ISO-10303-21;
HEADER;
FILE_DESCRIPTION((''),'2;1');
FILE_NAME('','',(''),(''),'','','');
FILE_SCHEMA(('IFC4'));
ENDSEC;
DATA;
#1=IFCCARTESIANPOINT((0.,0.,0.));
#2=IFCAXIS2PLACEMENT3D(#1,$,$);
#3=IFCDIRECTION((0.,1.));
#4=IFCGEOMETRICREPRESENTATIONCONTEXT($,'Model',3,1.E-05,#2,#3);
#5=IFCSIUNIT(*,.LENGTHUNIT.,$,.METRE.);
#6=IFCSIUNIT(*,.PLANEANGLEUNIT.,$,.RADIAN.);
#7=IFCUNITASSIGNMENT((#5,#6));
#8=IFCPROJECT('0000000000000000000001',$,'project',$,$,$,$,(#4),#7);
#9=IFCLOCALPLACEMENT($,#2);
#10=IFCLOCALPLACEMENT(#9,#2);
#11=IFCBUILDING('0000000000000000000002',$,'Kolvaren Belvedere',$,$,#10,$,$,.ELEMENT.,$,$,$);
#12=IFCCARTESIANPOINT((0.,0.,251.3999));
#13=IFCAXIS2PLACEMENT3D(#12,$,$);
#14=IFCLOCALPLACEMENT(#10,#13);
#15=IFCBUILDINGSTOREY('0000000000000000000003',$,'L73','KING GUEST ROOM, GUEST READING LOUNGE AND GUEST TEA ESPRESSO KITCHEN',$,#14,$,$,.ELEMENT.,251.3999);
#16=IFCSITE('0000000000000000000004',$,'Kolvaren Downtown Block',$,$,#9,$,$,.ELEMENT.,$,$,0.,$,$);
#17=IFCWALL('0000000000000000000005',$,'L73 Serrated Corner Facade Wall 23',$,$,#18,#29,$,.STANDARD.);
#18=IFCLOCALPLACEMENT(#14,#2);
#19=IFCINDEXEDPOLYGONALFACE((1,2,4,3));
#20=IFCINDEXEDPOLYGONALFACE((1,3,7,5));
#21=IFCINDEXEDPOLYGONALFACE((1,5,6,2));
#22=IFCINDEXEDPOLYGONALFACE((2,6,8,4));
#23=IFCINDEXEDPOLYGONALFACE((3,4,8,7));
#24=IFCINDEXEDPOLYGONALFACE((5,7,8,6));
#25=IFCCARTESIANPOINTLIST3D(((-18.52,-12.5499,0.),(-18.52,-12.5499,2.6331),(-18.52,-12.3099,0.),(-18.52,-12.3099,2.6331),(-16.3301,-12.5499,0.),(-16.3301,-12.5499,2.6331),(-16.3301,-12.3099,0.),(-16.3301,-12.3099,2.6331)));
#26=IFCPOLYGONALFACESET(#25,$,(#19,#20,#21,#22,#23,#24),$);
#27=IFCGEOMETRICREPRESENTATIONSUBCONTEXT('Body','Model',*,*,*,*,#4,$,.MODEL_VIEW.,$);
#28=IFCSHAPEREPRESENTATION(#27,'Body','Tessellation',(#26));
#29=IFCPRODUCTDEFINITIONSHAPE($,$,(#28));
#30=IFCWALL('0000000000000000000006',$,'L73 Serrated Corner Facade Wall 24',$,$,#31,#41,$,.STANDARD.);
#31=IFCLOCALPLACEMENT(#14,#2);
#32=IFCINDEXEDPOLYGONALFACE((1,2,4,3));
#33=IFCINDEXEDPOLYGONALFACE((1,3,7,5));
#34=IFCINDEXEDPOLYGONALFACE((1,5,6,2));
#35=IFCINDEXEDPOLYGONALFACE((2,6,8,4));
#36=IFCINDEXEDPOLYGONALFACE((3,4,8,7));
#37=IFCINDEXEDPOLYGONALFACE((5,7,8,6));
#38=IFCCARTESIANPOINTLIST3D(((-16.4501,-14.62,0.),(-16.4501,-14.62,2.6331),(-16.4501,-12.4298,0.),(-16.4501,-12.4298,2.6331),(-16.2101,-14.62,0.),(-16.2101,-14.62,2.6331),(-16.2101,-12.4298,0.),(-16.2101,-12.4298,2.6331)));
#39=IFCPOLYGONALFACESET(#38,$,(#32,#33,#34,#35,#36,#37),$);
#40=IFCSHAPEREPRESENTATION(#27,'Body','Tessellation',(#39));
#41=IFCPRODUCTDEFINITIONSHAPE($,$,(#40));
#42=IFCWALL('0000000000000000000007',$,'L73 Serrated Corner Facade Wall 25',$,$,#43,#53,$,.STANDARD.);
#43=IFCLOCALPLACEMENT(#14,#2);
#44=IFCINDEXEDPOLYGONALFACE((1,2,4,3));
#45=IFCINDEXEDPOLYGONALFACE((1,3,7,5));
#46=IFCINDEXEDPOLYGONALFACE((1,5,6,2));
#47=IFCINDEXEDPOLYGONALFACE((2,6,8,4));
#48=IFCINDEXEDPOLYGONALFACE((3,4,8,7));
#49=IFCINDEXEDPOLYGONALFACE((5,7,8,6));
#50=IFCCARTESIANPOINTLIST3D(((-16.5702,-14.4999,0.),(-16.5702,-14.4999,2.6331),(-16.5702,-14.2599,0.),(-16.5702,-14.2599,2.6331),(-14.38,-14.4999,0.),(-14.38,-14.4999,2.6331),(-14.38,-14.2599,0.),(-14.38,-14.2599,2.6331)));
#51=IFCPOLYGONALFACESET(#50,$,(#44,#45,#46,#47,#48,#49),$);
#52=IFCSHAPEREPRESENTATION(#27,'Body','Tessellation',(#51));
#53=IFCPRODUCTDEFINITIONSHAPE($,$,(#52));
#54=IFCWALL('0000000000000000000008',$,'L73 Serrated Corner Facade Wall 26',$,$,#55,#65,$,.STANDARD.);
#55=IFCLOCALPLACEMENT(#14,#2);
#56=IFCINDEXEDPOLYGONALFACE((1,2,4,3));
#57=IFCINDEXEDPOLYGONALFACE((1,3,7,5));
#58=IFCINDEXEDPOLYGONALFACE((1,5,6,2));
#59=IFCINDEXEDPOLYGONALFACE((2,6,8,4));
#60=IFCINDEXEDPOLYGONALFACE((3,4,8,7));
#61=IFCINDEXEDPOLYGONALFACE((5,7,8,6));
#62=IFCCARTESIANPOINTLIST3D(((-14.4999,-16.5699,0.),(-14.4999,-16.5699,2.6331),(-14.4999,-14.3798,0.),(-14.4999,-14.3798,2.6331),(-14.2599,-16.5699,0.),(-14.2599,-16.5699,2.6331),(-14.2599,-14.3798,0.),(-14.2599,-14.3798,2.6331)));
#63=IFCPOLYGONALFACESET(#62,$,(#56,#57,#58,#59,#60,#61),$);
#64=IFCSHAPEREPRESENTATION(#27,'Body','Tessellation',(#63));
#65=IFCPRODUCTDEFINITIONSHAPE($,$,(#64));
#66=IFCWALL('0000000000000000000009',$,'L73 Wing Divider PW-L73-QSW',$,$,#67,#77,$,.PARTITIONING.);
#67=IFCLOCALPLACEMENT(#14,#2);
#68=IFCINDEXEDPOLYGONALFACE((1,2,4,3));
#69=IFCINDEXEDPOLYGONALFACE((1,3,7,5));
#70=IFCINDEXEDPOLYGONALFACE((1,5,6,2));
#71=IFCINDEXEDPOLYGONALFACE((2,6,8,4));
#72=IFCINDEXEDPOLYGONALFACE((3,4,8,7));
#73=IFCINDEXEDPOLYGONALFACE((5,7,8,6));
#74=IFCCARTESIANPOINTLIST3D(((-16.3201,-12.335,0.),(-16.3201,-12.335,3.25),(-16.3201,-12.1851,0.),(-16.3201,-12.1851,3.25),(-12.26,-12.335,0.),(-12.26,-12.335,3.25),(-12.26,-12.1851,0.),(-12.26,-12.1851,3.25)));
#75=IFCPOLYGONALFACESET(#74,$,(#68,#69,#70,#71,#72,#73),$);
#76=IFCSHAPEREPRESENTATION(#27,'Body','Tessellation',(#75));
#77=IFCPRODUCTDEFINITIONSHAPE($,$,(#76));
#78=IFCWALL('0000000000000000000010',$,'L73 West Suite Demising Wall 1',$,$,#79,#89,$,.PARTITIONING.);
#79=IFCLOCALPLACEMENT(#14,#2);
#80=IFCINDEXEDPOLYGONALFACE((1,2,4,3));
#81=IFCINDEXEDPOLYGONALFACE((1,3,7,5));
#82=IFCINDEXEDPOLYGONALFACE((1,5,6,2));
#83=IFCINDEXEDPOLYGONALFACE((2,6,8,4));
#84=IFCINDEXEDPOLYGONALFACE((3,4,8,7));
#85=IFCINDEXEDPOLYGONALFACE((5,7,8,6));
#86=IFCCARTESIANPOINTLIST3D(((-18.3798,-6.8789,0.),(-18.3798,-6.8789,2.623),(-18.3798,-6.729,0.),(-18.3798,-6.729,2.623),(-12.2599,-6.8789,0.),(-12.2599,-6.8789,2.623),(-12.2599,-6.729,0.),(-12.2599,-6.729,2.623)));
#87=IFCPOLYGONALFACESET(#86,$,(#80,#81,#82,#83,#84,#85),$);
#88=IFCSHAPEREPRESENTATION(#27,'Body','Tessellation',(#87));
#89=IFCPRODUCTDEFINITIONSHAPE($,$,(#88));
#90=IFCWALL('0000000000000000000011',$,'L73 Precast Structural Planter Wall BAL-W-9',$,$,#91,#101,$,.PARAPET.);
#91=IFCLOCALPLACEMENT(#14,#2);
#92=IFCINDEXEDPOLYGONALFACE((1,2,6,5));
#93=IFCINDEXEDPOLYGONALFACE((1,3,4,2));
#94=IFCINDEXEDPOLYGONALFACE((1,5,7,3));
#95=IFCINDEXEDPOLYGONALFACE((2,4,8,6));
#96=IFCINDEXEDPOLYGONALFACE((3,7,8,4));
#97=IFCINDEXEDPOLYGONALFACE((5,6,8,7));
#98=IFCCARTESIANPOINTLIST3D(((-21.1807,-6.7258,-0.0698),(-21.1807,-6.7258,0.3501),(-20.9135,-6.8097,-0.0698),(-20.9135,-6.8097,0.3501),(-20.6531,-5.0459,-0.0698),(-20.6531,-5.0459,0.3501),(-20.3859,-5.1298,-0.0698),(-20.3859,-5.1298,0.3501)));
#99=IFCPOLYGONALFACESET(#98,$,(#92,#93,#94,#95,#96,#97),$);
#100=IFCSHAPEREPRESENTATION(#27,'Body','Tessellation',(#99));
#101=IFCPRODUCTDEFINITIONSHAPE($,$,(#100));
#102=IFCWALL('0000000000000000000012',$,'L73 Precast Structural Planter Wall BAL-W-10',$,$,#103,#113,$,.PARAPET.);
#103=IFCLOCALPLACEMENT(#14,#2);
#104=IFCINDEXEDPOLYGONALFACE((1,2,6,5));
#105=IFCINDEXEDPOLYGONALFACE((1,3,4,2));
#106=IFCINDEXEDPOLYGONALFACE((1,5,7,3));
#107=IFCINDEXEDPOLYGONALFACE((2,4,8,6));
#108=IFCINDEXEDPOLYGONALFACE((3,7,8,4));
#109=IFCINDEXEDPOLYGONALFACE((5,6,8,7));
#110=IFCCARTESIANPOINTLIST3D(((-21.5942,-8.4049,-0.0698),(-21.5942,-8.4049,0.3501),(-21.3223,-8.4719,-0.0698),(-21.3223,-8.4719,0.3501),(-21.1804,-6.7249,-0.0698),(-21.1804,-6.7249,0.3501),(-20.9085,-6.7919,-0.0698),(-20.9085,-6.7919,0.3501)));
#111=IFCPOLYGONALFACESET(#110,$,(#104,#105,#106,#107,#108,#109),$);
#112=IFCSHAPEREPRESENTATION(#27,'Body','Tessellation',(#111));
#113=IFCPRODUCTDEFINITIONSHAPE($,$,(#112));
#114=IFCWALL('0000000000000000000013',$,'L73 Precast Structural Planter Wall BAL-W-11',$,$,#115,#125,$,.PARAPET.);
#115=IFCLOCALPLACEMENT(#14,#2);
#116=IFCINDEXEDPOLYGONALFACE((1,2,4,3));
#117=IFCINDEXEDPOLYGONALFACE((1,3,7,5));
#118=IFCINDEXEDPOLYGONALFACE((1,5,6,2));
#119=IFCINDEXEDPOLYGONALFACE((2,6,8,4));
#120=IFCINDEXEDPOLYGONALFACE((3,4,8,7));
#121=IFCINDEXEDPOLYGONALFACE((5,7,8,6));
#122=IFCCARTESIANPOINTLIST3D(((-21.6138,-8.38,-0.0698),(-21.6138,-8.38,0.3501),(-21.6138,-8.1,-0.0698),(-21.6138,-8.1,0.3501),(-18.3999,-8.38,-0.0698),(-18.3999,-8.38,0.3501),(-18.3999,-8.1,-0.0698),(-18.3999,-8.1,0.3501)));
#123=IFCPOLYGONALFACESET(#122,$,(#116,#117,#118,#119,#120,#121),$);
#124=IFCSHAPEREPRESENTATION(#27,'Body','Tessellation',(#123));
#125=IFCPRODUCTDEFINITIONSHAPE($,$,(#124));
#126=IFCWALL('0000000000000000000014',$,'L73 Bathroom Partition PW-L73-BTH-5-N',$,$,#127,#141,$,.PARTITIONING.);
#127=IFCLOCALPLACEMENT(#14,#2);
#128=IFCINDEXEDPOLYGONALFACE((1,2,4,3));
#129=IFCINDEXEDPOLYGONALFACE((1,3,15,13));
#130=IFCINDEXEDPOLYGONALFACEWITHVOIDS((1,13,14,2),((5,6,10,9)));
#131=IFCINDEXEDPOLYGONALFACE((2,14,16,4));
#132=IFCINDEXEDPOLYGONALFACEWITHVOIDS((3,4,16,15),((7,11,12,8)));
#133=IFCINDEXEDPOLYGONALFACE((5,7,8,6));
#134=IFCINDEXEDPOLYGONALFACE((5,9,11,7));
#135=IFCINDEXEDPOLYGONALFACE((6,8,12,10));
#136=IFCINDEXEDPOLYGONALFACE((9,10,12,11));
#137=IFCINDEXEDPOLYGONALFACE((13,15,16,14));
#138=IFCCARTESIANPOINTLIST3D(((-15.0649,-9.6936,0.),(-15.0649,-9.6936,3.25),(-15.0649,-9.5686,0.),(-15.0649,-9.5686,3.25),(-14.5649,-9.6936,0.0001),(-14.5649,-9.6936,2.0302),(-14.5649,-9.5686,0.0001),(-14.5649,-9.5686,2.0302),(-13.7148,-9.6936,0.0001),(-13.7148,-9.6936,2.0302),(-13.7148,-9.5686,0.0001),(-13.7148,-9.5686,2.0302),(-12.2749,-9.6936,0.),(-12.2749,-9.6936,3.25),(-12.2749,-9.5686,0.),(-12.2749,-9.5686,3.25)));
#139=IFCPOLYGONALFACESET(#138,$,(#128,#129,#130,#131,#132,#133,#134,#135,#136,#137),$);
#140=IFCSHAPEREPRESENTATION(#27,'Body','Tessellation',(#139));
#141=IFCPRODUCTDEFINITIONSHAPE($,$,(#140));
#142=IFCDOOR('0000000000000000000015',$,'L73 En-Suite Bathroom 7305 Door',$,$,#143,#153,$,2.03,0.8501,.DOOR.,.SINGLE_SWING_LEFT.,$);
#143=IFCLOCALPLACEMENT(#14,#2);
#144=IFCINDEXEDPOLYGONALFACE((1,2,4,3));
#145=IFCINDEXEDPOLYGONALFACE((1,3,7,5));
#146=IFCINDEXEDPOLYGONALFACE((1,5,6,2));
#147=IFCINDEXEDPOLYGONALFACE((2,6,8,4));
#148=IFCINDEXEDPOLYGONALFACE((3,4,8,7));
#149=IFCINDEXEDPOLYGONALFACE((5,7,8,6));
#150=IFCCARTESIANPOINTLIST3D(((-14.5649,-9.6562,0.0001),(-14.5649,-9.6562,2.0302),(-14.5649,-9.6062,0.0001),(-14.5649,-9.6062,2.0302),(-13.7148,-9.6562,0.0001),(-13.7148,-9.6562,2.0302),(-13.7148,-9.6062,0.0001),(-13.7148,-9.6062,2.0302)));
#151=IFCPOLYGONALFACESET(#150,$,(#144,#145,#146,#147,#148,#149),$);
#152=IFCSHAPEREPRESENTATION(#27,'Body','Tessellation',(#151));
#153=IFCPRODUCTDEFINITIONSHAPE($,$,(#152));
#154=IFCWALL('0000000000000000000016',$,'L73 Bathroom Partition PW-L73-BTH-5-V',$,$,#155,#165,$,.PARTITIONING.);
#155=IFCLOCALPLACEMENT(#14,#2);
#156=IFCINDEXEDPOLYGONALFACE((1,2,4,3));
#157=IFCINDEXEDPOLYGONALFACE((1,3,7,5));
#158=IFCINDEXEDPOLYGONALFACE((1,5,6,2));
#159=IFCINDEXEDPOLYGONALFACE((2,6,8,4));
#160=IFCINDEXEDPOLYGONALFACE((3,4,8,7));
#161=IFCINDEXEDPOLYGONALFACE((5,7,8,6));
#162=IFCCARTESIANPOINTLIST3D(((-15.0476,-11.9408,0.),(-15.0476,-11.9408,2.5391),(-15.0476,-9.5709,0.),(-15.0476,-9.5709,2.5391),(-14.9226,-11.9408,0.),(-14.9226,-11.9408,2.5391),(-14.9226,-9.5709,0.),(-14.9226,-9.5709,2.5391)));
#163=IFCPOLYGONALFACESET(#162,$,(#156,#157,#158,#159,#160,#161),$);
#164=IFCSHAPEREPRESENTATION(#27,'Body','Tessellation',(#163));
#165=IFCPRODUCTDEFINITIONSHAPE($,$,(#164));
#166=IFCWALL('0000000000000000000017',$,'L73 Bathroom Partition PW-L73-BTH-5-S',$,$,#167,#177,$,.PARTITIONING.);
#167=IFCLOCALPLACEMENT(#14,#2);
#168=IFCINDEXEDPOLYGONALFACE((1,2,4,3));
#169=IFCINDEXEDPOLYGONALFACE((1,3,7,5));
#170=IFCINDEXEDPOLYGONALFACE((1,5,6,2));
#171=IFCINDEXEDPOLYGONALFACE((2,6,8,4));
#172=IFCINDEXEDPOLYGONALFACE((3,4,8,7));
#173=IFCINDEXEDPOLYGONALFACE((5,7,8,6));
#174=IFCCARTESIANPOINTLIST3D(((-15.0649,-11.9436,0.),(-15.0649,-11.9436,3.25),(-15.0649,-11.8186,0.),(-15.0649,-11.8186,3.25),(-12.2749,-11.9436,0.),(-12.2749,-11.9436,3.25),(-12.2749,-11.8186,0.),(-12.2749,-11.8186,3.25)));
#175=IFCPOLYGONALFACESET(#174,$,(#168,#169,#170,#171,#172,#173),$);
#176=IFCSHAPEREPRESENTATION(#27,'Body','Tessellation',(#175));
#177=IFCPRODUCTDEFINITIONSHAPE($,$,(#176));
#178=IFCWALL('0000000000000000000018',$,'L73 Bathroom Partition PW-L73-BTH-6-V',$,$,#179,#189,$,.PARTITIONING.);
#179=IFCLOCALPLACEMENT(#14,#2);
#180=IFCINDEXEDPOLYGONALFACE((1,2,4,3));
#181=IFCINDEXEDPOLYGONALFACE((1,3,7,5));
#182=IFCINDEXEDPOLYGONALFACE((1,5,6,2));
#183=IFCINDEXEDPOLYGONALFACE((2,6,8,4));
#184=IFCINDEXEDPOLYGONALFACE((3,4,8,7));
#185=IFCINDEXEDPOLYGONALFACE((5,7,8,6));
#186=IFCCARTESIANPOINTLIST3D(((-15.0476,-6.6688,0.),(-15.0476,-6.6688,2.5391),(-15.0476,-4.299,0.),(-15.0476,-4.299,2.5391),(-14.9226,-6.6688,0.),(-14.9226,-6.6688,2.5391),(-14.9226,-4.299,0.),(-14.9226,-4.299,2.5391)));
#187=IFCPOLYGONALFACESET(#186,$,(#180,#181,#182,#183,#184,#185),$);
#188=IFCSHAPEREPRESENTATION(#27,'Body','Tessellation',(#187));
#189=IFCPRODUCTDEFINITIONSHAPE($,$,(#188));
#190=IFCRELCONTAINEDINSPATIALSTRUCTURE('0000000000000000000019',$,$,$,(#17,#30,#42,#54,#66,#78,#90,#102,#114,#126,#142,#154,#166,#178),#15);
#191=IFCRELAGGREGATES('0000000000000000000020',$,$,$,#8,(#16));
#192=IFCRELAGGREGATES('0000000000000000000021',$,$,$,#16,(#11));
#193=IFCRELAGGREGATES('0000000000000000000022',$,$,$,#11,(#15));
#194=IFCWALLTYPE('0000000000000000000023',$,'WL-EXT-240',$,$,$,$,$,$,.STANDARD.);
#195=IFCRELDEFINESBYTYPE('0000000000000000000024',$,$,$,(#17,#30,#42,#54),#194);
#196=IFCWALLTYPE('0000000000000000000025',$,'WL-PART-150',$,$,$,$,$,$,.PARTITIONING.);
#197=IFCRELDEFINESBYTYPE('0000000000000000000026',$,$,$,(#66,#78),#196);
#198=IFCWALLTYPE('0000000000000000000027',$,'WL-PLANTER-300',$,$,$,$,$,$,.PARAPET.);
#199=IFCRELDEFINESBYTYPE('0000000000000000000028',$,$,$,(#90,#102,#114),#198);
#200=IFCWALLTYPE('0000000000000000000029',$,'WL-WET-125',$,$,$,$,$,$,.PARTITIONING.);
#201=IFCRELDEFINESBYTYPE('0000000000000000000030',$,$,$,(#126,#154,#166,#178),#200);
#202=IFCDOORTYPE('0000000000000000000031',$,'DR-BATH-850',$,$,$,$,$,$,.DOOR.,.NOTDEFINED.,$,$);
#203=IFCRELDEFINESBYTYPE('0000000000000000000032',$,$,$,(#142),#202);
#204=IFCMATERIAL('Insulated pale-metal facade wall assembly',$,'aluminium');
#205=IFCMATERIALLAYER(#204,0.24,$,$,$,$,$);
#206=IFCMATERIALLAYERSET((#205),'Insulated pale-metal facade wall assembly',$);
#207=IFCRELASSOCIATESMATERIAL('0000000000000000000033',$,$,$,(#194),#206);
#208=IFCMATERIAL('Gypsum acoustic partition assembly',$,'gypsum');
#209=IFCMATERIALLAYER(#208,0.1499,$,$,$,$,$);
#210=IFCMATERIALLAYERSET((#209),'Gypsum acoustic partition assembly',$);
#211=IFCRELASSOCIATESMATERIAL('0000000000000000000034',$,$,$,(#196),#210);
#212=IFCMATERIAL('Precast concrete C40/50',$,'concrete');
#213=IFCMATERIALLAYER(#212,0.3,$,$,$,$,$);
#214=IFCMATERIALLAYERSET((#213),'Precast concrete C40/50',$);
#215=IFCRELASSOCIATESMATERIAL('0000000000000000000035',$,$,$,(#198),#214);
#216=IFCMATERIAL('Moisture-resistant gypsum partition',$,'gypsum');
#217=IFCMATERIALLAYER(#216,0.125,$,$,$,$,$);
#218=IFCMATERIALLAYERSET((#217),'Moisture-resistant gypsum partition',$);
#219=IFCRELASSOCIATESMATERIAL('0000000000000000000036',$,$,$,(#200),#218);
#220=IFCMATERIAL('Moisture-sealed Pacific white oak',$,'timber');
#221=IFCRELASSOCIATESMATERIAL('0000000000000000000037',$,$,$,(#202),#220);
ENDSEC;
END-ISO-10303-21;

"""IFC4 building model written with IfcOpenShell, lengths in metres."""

from ifc_helpers import new_model, si_unit, direction, frame, frame_2d, origin, place, context, subcontext, project, spatial, rectangle, extrude, material, layer, layer_set, type_object, element, fill, save


model = new_model("IFC4")

# Units and contexts
model_context = context("Model", 3, precision=1e-05, world=origin(), true_north=direction((0.0, 1.0)))
body_context = subcontext(model_context, "Body", "Model", "MODEL_VIEW")
ifc_project = project(units=[si_unit("LENGTHUNIT", "METRE"), si_unit("PLANEANGLEUNIT", "RADIAN")], contexts=[model_context])

# Site, building, storey
site_placement = place(None, origin())
site = spatial("IfcSite", under=ifc_project, at=site_placement, Name="Kolvaren Downtown Block", CompositionType="ELEMENT", RefElevation=0.0)
building_placement = place(site_placement, origin())
building = spatial("IfcBuilding", under=site, at=building_placement, Name="Kolvaren Belvedere", CompositionType="ELEMENT")
storey_placement = place(building_placement, frame((0.0, 0.0, 251.3999)))
storey = spatial("IfcBuildingStorey", under=building, at=storey_placement, Name="L73", Description="KING GUEST ROOM, GUEST READING LOUNGE AND GUEST TEA ESPRESSO KITCHEN", CompositionType="ELEMENT", Elevation=251.3999)

# Walls
ifc_material_1 = material(Name="Insulated pale-metal facade wall assembly", Category="aluminium")
ifc_layer_1 = layer(ifc_material_1, 0.24)
ifc_layer_set_1 = layer_set([ifc_layer_1], Name="Insulated pale-metal facade wall assembly")
wall_type_1 = type_object("IfcWallType", Name="WL-EXT-240", PredefinedType="STANDARD", material=ifc_layer_set_1)
wall_1_placement = place(storey_placement, frame((-16.3301, -12.4299, 0.0), z_axis=(0.0, 0.0, 1.0), x_axis=(-1.0, 0.0, 0.0)))
element("IfcWall", 1, at=wall_1_placement, inside=storey, type_object=wall_type_1, Name="L73 Serrated Corner Facade Wall 23", PredefinedType="STANDARD", context=body_context, shape_type="SweptSolid", body=[
    extrude(rectangle(XDim=2.1899, YDim=0.24, at=frame_2d((1.095, 0.0))), origin(), (0.0, 0.0, 1.0), 2.6331),
])
for number, where, z_axis, x_axis, name in (
    (2, (-16.3301, -14.6201, 0.0), (0.0, 0.0, 1.0), (0.0, 1.0, 0.0), "L73 Serrated Corner Facade Wall 24"),
    (3, (-14.3799, -14.3799, 0.0), (0.0, 0.0, 1.0), (-1.0, 0.0, 0.0), "L73 Serrated Corner Facade Wall 25"),
    (4, (-14.3799, -16.5701, 0.0), (0.0, 0.0, 1.0), (0.0, 1.0, 0.0), "L73 Serrated Corner Facade Wall 26"),
):
    element("IfcWall", number, at=place(storey_placement, frame(where, z_axis=z_axis, x_axis=x_axis)), inside=storey, type_object=wall_type_1, Name=name, PredefinedType="STANDARD", context=body_context, shape_type="SweptSolid", body=[
        extrude(rectangle(XDim=2.1902, YDim=0.24, at=frame_2d((1.0952, 0.0))), origin(), (0.0, 0.0, 1.0), 2.6331),
    ])
ifc_material_2 = material(Name="Gypsum acoustic partition assembly", Category="gypsum")
ifc_layer_2 = layer(ifc_material_2, 0.1499)
ifc_layer_set_2 = layer_set([ifc_layer_2], Name="Gypsum acoustic partition assembly")
wall_type_2 = type_object("IfcWallType", Name="WL-PART-150", PredefinedType="PARTITIONING", material=ifc_layer_set_2)
wall_2_placement = place(storey_placement, frame((-16.3201, -12.26, 0.0), z_axis=(0.0, 0.0, 1.0), x_axis=(1.0, 0.0, 0.0)))
element("IfcWall", 5, at=wall_2_placement, inside=storey, type_object=wall_type_2, Name="L73 Wing Divider PW-L73-QSW", PredefinedType="PARTITIONING", context=body_context, shape_type="SweptSolid", body=[
    extrude(rectangle(XDim=4.0601, YDim=0.1499, at=frame_2d((2.03, 0.0))), origin(), (0.0, 0.0, 1.0), 3.25),
])
wall_3_placement = place(storey_placement, frame((-18.3799, -6.804, 0.0), z_axis=(0.0, 0.0, 1.0), x_axis=(1.0, 0.0, 0.0)))
element("IfcWall", 6, at=wall_3_placement, inside=storey, type_object=wall_type_2, Name="L73 West Suite Demising Wall 1", PredefinedType="PARTITIONING", context=body_context, shape_type="SweptSolid", body=[
    extrude(rectangle(XDim=6.1199, YDim=0.1499, at=frame_2d((3.0601, 0.0))), origin(), (0.0, 0.0, 1.0), 2.623),
])
ifc_material_3 = material(Name="Precast concrete C40/50", Category="concrete")
ifc_layer_3 = layer(ifc_material_3, 0.3)
ifc_layer_set_3 = layer_set([ifc_layer_3], Name="Precast concrete C40/50")
wall_type_3 = type_object("IfcWallType", Name="WL-PLANTER-300", PredefinedType="PARAPET", material=ifc_layer_set_3)
wall_4_placement = place(storey_placement, frame((-20.5195, -5.0879, -0.0698), z_axis=(0.0, 0.0, 1.0), x_axis=(-0.299625, -0.954057, 0.0)))
element("IfcWall", 7, at=wall_4_placement, inside=storey, type_object=wall_type_3, Name="L73 Precast Structural Planter Wall BAL-W-9", PredefinedType="PARAPET", context=body_context, shape_type="SweptSolid", body=[
    extrude(rectangle(XDim=1.7607, YDim=0.28, at=frame_2d((0.8804, 0.0))), origin(), (0.0, 0.0, 1.0), 0.4199),
])
wall_5_placement = place(storey_placement, frame((-21.0444, -6.7583, -0.0698), z_axis=(0.0, 0.0, 1.0), x_axis=(-0.239181, -0.970975, 0.0)))
element("IfcWall", 8, at=wall_5_placement, inside=storey, type_object=wall_type_3, Name="L73 Precast Structural Planter Wall BAL-W-10", PredefinedType="PARAPET", context=body_context, shape_type="SweptSolid", body=[
    extrude(rectangle(XDim=1.7302, YDim=0.28, at=frame_2d((0.8652, 0.0))), origin(), (0.0, 0.0, 1.0), 0.4199),
])
wall_6_placement = place(storey_placement, frame((-21.6138, -8.24, -0.0698), z_axis=(0.0, 0.0, 1.0), x_axis=(1.0, 0.0, 0.0)))
element("IfcWall", 9, at=wall_6_placement, inside=storey, type_object=wall_type_3, Name="L73 Precast Structural Planter Wall BAL-W-11", PredefinedType="PARAPET", context=body_context, shape_type="SweptSolid", body=[
    extrude(rectangle(XDim=3.2139, YDim=0.28, at=frame_2d((1.6069, 0.0))), origin(), (0.0, 0.0, 1.0), 0.4199),
])

# Wall, opening, door
ifc_material_4 = material(Name="Moisture-resistant gypsum partition", Category="gypsum")
ifc_layer_4 = layer(ifc_material_4, 0.125)
ifc_layer_set_4 = layer_set([ifc_layer_4], Name="Moisture-resistant gypsum partition")
wall_type_4 = type_object("IfcWallType", Name="WL-WET-125", PredefinedType="PARTITIONING", material=ifc_layer_set_4)
wall_7_placement = place(storey_placement, frame((-15.0649, -9.6311, 0.0), z_axis=(0.0, 0.0, 1.0), x_axis=(1.0, 0.0, 0.0)))
wall_7 = element("IfcWall", 10, at=wall_7_placement, inside=storey, type_object=wall_type_4, Name="L73 Bathroom Partition PW-L73-BTH-5-N", PredefinedType="PARTITIONING", context=body_context, shape_type="SweptSolid", body=[
    extrude(rectangle(XDim=2.79, YDim=0.125, at=frame_2d((1.395, 0.0))), origin(), (0.0, 0.0, 1.0), 3.25),
])
opening_placement = place(wall_7_placement, frame((0.5, 0.0, 0.0)))
opening = element("IfcOpeningElement", 11, at=opening_placement, cuts=wall_7, PredefinedType="OPENING", context=body_context, shape_type="SweptSolid", body=[
    extrude(rectangle(XDim=0.8501, YDim=2.03, at=frame_2d((0.425, 1.0151))), frame((0.0, 0.0725, 0.0), z_axis=(0.0, -1.0, 0.0), x_axis=(1.0, 0.0, 0.0)), (0.0, 0.0, 1.0), 0.145),
])
ifc_material_5 = material(Name="Moisture-sealed Pacific white oak", Category="timber")
door_type = type_object("IfcDoorType", Name="DR-BATH-850", OperationType="NOTDEFINED", PredefinedType="DOOR", material=ifc_material_5)
door_placement = place(opening_placement, origin())
door = element("IfcDoor", 12, at=door_placement, inside=storey, type_object=door_type, Name="L73 En-Suite Bathroom 7305 Door", OperationType="SINGLE_SWING_LEFT", OverallHeight=2.03, OverallWidth=0.8501, PredefinedType="DOOR", context=body_context, shape_type="SweptSolid", body=[
    extrude(rectangle(XDim=0.8501, YDim=2.03, at=frame_2d((0.425, 1.0151))), frame((0.0, 0.0249, 0.0), z_axis=(0.0, -1.0, 0.0), x_axis=(1.0, 0.0, 0.0)), (0.0, 0.0, 1.0), 0.05),
])
fill(opening, door)

# Walls
wall_8_placement = place(storey_placement, frame((-14.9851, -11.9409, 0.0), z_axis=(0.0, 0.0, 1.0), x_axis=(0.0, 1.0, 0.0)))
element("IfcWall", 13, at=wall_8_placement, inside=storey, type_object=wall_type_4, Name="L73 Bathroom Partition PW-L73-BTH-5-V", PredefinedType="PARTITIONING", context=body_context, shape_type="SweptSolid", body=[
    extrude(rectangle(XDim=2.3699, YDim=0.125, at=frame_2d((1.1851, 0.0))), origin(), (0.0, 0.0, 1.0), 2.5391),
])
wall_9_placement = place(storey_placement, frame((-15.0649, -11.8811, 0.0), z_axis=(0.0, 0.0, 1.0), x_axis=(1.0, 0.0, 0.0)))
element("IfcWall", 14, at=wall_9_placement, inside=storey, type_object=wall_type_4, Name="L73 Bathroom Partition PW-L73-BTH-5-S", PredefinedType="PARTITIONING", context=body_context, shape_type="SweptSolid", body=[
    extrude(rectangle(XDim=2.79, YDim=0.125, at=frame_2d((1.395, 0.0))), origin(), (0.0, 0.0, 1.0), 3.25),
])
wall_10_placement = place(storey_placement, frame((-14.9851, -6.6689, 0.0), z_axis=(0.0, 0.0, 1.0), x_axis=(0.0, 1.0, 0.0)))
element("IfcWall", 15, at=wall_10_placement, inside=storey, type_object=wall_type_4, Name="L73 Bathroom Partition PW-L73-BTH-6-V", PredefinedType="PARTITIONING", context=body_context, shape_type="SweptSolid", body=[
    extrude(rectangle(XDim=2.3699, YDim=0.125, at=frame_2d((1.1851, 0.0))), origin(), (0.0, 0.0, 1.0), 2.5391),
])

save(model, "model.ifc")
